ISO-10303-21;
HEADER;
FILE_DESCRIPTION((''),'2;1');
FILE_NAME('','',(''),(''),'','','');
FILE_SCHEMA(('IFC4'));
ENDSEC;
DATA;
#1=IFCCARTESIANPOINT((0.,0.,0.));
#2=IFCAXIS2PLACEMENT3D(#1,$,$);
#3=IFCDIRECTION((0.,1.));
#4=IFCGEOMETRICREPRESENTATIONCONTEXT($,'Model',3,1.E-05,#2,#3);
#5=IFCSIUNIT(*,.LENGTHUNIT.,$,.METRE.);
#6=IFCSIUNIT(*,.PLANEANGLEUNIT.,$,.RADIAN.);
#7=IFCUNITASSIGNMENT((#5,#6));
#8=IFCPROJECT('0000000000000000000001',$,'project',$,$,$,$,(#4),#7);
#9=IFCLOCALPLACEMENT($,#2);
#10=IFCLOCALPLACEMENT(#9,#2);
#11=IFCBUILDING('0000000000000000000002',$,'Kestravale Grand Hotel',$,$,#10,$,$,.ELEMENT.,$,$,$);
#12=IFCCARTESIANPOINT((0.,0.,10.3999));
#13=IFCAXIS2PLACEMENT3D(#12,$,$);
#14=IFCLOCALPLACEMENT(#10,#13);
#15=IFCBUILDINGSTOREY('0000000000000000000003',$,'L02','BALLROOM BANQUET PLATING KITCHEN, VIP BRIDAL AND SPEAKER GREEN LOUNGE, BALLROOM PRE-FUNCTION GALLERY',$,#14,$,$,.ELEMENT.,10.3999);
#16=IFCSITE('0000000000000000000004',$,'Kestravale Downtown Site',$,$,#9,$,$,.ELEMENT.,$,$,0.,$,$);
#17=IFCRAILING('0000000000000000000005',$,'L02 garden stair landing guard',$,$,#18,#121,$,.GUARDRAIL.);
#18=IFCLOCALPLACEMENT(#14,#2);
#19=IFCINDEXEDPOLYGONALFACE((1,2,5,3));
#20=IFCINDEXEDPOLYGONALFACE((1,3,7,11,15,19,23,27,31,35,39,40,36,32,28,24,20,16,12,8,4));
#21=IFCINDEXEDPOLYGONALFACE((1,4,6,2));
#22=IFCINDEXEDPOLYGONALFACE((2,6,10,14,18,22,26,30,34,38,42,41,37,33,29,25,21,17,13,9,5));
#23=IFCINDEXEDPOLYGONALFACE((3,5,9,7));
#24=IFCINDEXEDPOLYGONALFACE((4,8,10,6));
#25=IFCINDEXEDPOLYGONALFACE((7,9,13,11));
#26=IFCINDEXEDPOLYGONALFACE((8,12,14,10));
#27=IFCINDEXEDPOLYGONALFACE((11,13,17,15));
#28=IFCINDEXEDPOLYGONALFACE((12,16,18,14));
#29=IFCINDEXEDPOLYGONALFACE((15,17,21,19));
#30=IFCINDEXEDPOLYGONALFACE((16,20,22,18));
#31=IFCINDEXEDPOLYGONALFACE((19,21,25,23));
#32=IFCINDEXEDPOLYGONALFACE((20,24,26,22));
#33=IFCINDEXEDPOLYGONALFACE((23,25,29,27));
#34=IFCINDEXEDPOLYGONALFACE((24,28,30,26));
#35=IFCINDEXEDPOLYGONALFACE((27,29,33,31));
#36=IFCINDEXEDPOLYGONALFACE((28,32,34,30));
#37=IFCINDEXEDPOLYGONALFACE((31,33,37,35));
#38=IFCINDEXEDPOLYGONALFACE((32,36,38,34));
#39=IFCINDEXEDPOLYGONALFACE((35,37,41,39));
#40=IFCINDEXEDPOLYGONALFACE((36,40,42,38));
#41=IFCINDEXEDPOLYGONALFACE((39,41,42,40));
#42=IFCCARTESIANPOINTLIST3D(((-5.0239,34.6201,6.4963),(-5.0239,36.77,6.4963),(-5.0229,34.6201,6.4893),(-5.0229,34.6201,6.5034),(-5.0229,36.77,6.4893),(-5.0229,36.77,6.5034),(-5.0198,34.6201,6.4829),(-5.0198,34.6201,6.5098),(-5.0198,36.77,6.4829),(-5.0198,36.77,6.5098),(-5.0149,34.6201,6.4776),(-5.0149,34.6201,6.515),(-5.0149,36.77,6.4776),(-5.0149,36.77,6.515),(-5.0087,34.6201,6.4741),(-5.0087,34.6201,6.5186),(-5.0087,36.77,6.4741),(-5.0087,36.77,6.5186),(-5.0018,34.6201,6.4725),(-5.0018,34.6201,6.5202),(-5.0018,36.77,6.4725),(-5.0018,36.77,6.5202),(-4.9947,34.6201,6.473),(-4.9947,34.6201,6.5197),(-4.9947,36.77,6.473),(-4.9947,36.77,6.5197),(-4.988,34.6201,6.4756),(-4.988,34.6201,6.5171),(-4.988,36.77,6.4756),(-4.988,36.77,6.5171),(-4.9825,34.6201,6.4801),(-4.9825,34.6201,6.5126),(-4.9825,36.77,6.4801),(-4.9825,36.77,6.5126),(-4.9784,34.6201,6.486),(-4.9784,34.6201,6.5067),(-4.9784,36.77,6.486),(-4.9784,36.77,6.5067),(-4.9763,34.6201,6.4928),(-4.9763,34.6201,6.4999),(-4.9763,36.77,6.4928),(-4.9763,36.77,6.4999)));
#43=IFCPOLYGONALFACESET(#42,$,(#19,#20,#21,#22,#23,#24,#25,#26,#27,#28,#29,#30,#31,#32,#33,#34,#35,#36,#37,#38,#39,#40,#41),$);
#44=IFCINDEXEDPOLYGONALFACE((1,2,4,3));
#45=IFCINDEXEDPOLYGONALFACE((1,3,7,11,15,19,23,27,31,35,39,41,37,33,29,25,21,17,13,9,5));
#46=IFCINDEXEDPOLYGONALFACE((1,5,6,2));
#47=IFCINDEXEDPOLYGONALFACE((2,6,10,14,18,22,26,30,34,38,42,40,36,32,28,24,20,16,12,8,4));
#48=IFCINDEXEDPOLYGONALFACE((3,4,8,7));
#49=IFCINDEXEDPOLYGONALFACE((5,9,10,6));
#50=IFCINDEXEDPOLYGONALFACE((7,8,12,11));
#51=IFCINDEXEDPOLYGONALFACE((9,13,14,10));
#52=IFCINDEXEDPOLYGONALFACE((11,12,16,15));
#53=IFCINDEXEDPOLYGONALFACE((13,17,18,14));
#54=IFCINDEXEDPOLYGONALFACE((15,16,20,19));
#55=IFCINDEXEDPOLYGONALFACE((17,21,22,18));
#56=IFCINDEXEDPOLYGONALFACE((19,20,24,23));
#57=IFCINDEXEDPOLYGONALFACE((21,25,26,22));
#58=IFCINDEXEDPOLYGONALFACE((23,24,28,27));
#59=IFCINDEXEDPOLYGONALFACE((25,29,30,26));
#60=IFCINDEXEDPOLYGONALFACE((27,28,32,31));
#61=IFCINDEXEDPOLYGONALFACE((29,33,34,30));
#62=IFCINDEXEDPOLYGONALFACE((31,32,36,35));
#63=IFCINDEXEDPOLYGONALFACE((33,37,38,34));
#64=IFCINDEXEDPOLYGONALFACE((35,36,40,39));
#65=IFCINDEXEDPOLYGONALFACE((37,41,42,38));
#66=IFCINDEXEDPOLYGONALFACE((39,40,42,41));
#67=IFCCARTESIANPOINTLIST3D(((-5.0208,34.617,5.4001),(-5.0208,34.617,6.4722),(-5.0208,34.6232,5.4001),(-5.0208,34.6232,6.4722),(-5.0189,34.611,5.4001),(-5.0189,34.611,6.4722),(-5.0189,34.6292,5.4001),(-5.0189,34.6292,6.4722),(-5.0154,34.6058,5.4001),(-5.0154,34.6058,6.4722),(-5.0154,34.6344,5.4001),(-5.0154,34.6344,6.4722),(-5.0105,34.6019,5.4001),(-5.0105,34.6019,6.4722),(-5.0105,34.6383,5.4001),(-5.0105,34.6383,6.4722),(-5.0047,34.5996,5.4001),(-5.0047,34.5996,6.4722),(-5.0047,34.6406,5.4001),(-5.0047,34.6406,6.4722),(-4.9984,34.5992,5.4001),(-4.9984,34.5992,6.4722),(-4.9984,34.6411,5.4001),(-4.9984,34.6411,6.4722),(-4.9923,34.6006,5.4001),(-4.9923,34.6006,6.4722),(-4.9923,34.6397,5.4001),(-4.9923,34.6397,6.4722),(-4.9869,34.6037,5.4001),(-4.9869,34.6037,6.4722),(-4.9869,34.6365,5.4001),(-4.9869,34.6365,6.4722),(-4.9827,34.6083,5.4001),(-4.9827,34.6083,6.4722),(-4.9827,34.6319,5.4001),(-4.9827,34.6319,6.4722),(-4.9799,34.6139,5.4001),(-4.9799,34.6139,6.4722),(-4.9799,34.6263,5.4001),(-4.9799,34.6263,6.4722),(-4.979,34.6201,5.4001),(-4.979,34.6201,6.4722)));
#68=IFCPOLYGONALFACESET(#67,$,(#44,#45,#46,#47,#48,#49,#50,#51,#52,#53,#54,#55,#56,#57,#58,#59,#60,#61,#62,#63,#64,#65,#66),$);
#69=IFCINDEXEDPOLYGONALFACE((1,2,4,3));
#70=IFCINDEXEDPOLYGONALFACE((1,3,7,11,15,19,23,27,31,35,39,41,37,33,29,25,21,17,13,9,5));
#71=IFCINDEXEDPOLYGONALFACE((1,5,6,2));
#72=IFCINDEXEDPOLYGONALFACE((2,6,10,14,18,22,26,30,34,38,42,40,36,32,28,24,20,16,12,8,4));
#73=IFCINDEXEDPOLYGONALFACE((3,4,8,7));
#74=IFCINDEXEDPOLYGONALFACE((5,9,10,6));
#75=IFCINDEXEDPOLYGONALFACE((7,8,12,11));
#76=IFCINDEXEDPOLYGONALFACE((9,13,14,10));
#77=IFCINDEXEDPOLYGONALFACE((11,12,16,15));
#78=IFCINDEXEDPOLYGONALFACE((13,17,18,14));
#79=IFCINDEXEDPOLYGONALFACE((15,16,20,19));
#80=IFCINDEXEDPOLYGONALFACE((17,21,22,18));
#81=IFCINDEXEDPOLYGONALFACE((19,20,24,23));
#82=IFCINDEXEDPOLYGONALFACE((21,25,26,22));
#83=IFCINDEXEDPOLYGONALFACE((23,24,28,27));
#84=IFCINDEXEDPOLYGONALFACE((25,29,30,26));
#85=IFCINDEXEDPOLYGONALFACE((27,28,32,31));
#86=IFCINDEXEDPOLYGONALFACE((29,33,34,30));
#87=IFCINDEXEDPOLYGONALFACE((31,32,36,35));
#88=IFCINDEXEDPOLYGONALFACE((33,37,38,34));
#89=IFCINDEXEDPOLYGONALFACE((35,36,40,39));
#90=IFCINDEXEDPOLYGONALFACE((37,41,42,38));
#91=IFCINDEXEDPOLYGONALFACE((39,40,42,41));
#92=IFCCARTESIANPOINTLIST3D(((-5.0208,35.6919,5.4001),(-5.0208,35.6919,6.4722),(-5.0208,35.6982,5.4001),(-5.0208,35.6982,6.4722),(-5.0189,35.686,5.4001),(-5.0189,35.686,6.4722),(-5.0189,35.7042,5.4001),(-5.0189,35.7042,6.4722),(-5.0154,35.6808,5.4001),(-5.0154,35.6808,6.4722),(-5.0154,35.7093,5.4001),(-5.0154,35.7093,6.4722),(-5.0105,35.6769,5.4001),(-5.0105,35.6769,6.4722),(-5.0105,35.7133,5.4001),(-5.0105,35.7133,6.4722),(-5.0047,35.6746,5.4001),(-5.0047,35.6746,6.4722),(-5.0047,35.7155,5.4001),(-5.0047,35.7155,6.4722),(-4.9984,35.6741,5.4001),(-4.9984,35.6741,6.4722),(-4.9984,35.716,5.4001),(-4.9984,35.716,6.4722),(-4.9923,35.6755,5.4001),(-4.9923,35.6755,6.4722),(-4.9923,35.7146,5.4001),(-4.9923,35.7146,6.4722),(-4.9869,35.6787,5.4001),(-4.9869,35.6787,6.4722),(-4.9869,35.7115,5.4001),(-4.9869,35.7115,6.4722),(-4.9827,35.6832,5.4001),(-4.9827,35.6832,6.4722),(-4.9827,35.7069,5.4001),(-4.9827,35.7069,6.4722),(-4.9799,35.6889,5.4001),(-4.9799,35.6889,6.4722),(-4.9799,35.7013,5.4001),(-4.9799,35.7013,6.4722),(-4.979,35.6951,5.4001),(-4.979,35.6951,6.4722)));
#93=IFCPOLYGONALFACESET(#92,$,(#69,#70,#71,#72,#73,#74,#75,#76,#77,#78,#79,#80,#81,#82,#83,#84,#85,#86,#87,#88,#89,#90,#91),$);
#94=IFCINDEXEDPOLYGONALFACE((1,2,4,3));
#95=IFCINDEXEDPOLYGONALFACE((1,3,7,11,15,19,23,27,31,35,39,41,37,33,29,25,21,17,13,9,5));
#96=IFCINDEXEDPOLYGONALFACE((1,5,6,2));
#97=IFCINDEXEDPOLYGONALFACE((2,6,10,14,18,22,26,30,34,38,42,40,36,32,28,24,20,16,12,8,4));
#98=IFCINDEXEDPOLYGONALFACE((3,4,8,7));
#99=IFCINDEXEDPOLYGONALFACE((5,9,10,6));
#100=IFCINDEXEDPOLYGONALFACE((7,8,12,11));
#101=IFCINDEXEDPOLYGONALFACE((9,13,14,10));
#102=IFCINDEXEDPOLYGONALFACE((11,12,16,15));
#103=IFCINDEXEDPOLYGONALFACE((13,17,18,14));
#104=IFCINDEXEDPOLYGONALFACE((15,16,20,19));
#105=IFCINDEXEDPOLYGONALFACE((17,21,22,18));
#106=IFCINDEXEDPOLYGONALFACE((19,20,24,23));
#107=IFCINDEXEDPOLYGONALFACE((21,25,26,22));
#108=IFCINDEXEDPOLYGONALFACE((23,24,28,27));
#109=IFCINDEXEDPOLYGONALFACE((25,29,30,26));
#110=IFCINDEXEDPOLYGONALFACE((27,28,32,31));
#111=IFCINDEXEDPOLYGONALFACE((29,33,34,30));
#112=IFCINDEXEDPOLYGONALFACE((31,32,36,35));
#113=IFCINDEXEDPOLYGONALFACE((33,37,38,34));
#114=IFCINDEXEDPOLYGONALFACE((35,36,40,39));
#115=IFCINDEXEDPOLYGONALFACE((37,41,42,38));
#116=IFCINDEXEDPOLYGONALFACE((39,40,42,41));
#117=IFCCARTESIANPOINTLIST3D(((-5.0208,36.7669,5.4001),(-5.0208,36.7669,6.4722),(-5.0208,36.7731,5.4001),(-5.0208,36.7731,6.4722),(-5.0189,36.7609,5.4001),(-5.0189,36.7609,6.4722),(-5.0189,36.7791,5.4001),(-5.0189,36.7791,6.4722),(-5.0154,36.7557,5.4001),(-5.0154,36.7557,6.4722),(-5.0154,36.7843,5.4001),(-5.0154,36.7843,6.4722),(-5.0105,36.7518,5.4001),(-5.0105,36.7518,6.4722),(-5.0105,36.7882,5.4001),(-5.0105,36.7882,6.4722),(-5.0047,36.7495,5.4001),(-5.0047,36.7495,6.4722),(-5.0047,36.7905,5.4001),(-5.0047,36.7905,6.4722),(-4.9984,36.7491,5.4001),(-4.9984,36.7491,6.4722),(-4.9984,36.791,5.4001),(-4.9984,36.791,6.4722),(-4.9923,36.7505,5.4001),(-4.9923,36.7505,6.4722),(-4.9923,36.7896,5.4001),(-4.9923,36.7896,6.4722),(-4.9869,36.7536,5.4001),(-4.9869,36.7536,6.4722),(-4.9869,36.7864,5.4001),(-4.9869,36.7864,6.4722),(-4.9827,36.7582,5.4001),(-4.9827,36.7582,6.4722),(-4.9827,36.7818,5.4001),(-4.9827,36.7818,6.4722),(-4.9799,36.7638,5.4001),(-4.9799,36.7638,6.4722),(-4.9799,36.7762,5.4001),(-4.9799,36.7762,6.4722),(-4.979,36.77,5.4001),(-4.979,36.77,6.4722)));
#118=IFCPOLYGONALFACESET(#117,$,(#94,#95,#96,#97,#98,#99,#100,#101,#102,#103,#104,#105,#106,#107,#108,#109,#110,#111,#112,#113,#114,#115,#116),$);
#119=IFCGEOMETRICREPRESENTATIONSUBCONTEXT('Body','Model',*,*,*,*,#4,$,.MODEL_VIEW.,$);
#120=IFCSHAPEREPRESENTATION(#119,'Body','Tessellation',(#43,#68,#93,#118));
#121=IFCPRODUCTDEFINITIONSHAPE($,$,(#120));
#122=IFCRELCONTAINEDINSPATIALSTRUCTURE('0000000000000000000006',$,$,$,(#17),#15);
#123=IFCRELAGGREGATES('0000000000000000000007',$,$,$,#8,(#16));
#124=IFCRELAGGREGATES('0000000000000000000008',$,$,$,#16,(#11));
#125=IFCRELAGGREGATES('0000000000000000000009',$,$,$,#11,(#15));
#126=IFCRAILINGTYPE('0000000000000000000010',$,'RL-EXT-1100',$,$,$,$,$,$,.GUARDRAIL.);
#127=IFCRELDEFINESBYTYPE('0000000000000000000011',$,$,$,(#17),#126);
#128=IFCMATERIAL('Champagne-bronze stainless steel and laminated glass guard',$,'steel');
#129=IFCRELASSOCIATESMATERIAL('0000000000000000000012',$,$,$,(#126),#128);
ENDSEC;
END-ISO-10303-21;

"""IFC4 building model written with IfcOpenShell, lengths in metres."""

from ifc_helpers import new_model, si_unit, direction, frame, origin, origin_2d, place, context, subcontext, project, spatial, circle, extrude, material, type_object, element, save


model = new_model("IFC4")

# Units and contexts
model_context = context("Model", 3, precision=1e-05, world=origin(), true_north=direction((0.0, 1.0)))
body_context = subcontext(model_context, "Body", "Model", "MODEL_VIEW")
ifc_project = project(units=[si_unit("LENGTHUNIT", "METRE"), si_unit("PLANEANGLEUNIT", "RADIAN")], contexts=[model_context])

# Site, building, storey
site_placement = place(None, origin())
site = spatial("IfcSite", under=ifc_project, at=site_placement, Name="Kestravale Downtown Site", CompositionType="ELEMENT", RefElevation=0.0)
building_placement = place(site_placement, origin())
building = spatial("IfcBuilding", under=site, at=building_placement, Name="Kestravale Grand Hotel", CompositionType="ELEMENT")
storey_placement = place(building_placement, frame((0.0, 0.0, 10.3999)))
storey = spatial("IfcBuildingStorey", under=building, at=storey_placement, Name="L02", Description="BALLROOM BANQUET PLATING KITCHEN, VIP BRIDAL AND SPEAKER GREEN LOUNGE, BALLROOM PRE-FUNCTION GALLERY", CompositionType="ELEMENT", Elevation=10.3999)

# Railing
ifc_material_1 = material(Name="Champagne-bronze stainless steel and laminated glass guard", Category="steel")
railing_type = type_object("IfcRailingType", Name="RL-EXT-1100", PredefinedType="GUARDRAIL", material=ifc_material_1)
railing_placement = place(storey_placement, frame((-5.0, 34.6201, 5.4001)))
element("IfcRailing", 1, at=railing_placement, inside=storey, type_object=railing_type, Name="L02 garden stair landing guard", PredefinedType="GUARDRAIL", context=body_context, shape_type="SweptSolid", body=[
    extrude(circle(Radius=0.0239, at=origin_2d()), frame((0.0, 0.0, 1.0962), z_axis=(0.0, 1.0, 0.0), x_axis=(-1.0, 0.0, 0.0)), (0.0, 0.0, 1.0), 2.1499),
    extrude(circle(Radius=0.021, at=origin_2d()), origin(), (0.0, 0.0, 1.0), 1.072),
    extrude(circle(Radius=0.021, at=origin_2d()), frame((0.0, 1.075, 0.0)), (0.0, 0.0, 1.0), 1.072),
    extrude(circle(Radius=0.021, at=origin_2d()), frame((0.0, 2.1499, 0.0)), (0.0, 0.0, 1.0), 1.072),
])

save(model, "model.ifc")
